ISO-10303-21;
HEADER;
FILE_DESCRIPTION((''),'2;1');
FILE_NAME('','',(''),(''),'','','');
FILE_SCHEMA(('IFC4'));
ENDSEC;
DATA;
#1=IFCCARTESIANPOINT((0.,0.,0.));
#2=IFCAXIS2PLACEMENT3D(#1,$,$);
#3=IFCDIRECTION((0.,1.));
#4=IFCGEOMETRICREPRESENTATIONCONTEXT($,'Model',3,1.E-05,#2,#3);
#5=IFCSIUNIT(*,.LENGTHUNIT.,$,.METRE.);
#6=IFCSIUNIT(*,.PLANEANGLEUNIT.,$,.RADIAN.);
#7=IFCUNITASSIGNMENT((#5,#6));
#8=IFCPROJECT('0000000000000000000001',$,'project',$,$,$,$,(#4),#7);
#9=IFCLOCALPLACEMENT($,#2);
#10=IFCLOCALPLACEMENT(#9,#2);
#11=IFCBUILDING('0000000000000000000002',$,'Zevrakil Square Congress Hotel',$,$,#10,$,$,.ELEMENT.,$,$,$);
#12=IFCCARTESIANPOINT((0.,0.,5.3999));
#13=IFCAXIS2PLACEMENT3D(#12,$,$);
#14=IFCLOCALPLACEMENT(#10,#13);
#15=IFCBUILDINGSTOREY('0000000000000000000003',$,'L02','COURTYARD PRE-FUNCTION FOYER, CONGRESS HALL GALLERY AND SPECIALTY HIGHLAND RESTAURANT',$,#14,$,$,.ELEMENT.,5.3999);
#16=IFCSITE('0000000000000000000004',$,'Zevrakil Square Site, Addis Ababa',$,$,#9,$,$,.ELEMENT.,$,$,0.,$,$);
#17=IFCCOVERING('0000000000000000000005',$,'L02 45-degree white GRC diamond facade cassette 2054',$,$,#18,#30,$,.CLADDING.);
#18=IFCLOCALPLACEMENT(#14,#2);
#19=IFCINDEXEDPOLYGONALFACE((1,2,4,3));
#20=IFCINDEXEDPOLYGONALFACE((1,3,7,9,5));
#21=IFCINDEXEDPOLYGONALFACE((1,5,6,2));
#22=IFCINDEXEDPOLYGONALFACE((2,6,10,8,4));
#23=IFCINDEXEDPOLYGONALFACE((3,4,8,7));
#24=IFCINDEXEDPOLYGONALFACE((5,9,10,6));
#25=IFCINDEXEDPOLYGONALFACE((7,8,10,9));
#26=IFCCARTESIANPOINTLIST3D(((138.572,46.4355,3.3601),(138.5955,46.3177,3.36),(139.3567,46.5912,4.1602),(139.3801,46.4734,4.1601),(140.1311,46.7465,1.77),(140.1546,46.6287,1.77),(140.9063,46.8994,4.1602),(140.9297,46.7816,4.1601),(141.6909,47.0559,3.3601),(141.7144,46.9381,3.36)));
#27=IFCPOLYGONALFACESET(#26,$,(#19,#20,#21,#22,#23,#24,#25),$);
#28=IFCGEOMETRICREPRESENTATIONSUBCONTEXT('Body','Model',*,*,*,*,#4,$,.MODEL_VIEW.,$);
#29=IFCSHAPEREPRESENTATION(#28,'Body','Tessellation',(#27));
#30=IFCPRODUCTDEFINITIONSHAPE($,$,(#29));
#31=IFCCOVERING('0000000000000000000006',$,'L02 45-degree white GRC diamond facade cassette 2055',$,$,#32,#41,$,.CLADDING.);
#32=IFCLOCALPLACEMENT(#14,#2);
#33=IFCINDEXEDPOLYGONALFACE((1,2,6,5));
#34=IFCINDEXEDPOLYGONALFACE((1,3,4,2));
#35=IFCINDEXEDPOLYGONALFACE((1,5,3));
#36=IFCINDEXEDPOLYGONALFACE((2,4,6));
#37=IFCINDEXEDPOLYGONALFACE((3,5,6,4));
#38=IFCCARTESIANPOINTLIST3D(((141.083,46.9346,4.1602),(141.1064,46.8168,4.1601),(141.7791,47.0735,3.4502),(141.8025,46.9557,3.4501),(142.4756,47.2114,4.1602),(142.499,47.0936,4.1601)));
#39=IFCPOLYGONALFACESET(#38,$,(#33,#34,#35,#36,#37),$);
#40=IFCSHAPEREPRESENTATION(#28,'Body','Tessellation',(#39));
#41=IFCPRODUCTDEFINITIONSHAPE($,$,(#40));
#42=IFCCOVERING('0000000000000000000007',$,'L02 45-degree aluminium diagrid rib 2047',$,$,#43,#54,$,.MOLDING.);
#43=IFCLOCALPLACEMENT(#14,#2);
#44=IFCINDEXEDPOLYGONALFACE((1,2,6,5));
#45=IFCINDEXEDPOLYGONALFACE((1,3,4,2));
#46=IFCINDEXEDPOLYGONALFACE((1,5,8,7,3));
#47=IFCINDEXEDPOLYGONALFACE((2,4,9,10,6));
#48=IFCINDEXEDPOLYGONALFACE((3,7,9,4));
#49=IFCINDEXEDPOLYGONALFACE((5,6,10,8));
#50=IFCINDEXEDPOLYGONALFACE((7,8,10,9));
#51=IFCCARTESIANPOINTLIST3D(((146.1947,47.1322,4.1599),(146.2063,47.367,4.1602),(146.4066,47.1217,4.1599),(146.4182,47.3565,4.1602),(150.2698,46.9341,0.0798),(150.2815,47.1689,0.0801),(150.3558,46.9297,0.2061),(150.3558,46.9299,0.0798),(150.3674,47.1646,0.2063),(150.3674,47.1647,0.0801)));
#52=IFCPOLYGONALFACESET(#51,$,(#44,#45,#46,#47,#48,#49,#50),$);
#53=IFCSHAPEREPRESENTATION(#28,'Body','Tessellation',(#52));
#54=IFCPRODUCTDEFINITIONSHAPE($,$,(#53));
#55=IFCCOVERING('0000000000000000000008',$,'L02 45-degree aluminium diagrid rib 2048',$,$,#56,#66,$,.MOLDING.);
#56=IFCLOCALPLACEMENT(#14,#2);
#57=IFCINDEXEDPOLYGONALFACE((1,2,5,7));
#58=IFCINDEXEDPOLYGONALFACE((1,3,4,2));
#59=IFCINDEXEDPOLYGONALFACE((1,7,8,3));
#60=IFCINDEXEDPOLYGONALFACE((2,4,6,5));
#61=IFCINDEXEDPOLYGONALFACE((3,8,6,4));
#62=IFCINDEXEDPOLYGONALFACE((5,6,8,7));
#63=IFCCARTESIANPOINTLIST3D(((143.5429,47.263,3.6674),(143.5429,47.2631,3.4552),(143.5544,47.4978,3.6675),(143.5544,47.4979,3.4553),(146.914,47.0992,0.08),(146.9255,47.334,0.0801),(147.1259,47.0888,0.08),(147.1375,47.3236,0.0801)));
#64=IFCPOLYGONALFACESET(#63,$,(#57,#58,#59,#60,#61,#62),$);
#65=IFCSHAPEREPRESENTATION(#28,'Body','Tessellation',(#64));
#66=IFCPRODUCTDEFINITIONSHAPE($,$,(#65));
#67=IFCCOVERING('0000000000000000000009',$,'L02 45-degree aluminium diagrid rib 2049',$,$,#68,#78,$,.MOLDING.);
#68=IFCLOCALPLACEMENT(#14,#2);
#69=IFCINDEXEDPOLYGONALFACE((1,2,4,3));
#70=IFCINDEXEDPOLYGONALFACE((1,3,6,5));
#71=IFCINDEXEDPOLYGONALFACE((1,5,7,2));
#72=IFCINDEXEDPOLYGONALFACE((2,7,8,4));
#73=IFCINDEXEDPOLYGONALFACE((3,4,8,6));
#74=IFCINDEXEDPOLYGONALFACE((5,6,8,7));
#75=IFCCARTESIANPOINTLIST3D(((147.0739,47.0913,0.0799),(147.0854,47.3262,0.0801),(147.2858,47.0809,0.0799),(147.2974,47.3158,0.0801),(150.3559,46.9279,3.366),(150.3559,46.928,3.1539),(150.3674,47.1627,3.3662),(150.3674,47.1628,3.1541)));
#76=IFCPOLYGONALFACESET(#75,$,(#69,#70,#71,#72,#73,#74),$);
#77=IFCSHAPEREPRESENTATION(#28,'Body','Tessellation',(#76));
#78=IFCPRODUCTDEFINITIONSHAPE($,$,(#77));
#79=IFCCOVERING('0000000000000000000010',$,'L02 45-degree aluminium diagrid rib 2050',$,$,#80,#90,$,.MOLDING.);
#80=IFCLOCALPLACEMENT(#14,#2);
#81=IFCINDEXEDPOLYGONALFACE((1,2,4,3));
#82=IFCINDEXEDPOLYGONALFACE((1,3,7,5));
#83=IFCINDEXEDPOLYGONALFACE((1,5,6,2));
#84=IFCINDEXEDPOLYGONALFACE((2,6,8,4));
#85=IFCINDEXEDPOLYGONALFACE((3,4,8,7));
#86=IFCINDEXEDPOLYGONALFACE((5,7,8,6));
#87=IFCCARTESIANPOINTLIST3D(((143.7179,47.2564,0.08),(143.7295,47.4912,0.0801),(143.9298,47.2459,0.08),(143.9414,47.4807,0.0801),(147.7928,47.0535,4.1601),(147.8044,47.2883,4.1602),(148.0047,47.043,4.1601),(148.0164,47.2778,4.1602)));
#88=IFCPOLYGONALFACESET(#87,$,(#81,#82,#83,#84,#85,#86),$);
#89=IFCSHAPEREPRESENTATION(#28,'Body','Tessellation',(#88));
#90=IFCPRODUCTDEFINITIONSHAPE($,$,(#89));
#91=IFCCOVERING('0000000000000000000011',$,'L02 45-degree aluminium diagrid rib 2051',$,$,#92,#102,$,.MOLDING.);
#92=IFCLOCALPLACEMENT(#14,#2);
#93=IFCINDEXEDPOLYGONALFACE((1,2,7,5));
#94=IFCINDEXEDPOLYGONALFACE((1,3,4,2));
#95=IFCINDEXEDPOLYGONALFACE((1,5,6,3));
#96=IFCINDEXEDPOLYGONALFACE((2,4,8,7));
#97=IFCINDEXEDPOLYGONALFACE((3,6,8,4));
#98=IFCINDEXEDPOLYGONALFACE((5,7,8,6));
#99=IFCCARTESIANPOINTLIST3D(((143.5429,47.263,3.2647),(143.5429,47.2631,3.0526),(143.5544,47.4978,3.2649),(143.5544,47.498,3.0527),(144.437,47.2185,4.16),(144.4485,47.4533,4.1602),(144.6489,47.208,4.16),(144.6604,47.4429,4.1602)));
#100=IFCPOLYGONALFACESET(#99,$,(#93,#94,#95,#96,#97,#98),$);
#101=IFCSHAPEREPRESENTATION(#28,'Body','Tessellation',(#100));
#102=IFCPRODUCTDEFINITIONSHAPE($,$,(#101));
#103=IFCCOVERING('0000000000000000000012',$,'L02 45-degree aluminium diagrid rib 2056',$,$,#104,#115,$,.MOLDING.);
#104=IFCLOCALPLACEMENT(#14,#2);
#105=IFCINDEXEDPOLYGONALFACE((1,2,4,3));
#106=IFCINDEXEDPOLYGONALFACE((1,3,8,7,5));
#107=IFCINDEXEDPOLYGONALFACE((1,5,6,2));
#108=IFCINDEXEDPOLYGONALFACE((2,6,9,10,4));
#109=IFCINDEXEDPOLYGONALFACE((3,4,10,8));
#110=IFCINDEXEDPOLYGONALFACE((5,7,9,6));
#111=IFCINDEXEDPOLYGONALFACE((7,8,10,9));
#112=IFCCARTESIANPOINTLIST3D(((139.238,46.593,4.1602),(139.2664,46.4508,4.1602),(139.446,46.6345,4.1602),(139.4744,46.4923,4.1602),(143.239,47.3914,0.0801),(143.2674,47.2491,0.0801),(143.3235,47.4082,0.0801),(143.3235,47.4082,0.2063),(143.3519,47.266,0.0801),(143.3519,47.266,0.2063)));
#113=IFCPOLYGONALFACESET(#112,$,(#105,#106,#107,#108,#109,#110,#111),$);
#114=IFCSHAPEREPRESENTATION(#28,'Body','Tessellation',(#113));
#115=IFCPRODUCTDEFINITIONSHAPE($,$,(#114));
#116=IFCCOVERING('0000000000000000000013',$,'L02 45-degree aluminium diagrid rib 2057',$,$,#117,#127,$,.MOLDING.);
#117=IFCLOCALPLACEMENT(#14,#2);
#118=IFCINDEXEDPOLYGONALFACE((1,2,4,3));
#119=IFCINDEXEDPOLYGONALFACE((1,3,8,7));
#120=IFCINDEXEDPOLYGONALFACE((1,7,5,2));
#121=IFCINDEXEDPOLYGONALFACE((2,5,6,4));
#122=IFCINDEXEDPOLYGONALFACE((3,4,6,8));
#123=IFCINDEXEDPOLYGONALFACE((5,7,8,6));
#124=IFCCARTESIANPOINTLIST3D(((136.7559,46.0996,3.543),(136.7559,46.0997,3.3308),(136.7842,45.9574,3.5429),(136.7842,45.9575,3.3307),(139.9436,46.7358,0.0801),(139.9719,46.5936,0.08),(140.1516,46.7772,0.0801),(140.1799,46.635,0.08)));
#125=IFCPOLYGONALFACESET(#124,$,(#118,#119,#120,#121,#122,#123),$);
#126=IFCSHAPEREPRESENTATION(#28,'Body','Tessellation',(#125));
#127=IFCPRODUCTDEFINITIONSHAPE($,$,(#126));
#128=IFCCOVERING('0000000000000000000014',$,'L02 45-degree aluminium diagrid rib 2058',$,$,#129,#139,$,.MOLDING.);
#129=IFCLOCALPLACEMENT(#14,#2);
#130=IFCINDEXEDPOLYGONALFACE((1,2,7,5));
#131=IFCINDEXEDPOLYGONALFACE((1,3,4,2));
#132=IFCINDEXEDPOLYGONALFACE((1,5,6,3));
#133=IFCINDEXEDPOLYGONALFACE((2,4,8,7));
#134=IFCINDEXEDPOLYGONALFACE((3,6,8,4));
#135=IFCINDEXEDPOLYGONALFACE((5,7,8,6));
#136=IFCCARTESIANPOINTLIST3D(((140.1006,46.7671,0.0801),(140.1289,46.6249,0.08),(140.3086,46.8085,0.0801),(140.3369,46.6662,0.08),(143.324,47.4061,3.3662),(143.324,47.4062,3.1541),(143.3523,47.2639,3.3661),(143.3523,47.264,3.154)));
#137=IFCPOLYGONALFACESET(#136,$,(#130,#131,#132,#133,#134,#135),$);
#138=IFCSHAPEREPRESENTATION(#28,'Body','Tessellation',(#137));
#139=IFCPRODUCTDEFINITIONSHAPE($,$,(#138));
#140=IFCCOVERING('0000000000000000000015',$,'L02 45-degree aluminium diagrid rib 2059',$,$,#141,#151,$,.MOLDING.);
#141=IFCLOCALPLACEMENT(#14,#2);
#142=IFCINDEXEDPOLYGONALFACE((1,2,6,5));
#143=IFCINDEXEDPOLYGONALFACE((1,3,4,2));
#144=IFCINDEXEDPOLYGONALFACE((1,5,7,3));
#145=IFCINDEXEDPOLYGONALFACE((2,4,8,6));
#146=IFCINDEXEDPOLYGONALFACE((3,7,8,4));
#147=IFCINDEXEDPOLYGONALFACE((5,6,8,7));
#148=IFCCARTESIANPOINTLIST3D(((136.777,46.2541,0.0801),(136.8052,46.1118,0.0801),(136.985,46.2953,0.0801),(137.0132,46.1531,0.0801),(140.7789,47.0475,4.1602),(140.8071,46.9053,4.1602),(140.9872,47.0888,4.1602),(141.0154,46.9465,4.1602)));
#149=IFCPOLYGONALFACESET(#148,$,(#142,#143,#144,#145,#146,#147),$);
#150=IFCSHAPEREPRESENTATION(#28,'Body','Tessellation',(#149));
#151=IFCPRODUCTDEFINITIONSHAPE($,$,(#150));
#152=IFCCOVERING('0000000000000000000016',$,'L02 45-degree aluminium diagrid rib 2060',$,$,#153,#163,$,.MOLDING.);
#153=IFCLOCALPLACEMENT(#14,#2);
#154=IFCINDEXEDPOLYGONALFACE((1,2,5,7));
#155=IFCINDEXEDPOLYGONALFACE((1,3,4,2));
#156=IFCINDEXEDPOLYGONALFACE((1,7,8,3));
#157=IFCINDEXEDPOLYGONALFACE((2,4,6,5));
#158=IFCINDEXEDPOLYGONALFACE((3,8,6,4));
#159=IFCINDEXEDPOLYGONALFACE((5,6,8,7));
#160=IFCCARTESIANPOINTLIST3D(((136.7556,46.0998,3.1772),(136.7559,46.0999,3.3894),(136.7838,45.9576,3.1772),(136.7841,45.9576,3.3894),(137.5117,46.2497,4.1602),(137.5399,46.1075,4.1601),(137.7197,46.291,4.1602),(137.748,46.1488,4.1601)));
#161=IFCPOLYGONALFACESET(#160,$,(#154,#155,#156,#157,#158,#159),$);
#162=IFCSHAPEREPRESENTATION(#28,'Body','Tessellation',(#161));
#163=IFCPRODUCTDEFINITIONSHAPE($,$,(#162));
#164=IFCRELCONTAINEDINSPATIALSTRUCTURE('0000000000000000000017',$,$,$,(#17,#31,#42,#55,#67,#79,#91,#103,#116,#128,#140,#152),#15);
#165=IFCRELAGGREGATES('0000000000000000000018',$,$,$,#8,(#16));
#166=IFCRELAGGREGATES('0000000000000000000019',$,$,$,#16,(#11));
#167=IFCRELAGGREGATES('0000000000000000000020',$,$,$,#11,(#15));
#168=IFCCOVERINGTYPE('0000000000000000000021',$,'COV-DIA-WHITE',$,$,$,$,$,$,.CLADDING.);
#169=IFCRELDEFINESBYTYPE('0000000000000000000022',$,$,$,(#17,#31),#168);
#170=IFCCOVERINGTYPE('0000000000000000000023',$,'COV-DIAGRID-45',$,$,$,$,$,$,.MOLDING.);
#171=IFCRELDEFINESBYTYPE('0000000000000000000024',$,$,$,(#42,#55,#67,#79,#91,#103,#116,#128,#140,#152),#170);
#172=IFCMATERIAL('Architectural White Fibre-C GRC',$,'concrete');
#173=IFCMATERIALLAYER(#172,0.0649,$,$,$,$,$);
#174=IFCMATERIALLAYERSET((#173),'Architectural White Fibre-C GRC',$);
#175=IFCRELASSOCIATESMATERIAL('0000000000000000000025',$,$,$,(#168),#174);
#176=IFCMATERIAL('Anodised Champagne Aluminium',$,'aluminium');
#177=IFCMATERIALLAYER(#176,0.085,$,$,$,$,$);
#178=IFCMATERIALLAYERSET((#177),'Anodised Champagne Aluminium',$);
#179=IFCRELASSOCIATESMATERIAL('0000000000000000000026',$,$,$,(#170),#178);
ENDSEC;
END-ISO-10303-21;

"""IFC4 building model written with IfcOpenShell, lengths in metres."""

from ifc_helpers import new_model, si_unit, direction, frame, origin, place, context, subcontext, project, spatial, polyline, outline, extrude, material, layer, layer_set, type_object, element, save


model = new_model("IFC4")

# Units and contexts
model_context = context("Model", 3, precision=1e-05, world=origin(), true_north=direction((0.0, 1.0)))
body_context = subcontext(model_context, "Body", "Model", "MODEL_VIEW")
ifc_project = project(units=[si_unit("LENGTHUNIT", "METRE"), si_unit("PLANEANGLEUNIT", "RADIAN")], contexts=[model_context])

# Site, building, storey
site_placement = place(None, origin())
site = spatial("IfcSite", under=ifc_project, at=site_placement, Name="Zevrakil Square Site, Addis Ababa", CompositionType="ELEMENT", RefElevation=0.0)
building_placement = place(site_placement, origin())
building = spatial("IfcBuilding", under=site, at=building_placement, Name="Zevrakil Square Congress Hotel", CompositionType="ELEMENT")
storey_placement = place(building_placement, frame((0.0, 0.0, 5.3999)))
storey = spatial("IfcBuildingStorey", under=building, at=storey_placement, Name="L02", Description="COURTYARD PRE-FUNCTION FOYER, CONGRESS HALL GALLERY AND SPECIALTY HIGHLAND RESTAURANT", CompositionType="ELEMENT", Elevation=5.3999)

# Coverings
ifc_material_1 = material(Name="Architectural White Fibre-C GRC", Category="concrete")
ifc_layer_1 = layer(ifc_material_1, 0.0649)
ifc_layer_set_1 = layer_set([ifc_layer_1], Name="Architectural White Fibre-C GRC")
covering_type_1 = type_object("IfcCoveringType", Name="COV-DIA-WHITE", PredefinedType="CLADDING", material=ifc_layer_set_1)
covering_1_placement = place(storey_placement, frame((138.572, 46.4355, 3.3601), z_axis=(-0.195073, 0.980789, 0.000519), x_axis=(0.693389, 0.138285, -0.70717)))
element("IfcCovering", 1, at=covering_1_placement, inside=storey, type_object=covering_type_1, Name="L02 45-degree white GRC diamond facade cassette 2054", PredefinedType="CLADDING", context=body_context, shape_type="SweptSolid", body=[
    extrude(outline(polyline([(0.0, 0.0), (2.2485, 0.0), (2.2484, -2.2488), (1.1169, -2.2486), (-0.0002, -1.1314), (0.0, 0.0)])), origin(), (0.0, 0.0, -1.0), 0.1201),
])
covering_2_placement = place(storey_placement, frame((141.7791, 47.0735, 3.4502), z_axis=(-0.194992, 0.980805, 0.000742), x_axis=(0.693684, 0.137375, 0.707057)))
element("IfcCovering", 2, at=covering_2_placement, inside=storey, type_object=covering_type_1, Name="L02 45-degree white GRC diamond facade cassette 2055", PredefinedType="CLADDING", context=body_context, shape_type="SweptSolid", body=[
    extrude(outline(polyline([(0.0, 0.0), (1.0041, 0.0), (0.0001, -1.0039), (0.0, 0.0)])), origin(), (0.0, 0.0, -1.0), 0.1201),
])
ifc_material_2 = material(Name="Anodised Champagne Aluminium", Category="aluminium")
ifc_layer_2 = layer(ifc_material_2, 0.085)
ifc_layer_set_2 = layer_set([ifc_layer_2], Name="Anodised Champagne Aluminium")
covering_type_2 = type_object("IfcCoveringType", Name="COV-DIAGRID-45", PredefinedType="MOLDING", material=ifc_layer_set_2)
covering_3_placement = place(storey_placement, frame((150.2815, 47.1689, 0.0801), z_axis=(0.049529, 0.998772, 0.000983), x_axis=(0.998773, -0.049529, 0.000002)))
element("IfcCovering", 3, at=covering_3_placement, inside=storey, type_object=covering_type_2, Name="L02 45-degree aluminium diagrid rib 2047", PredefinedType="MOLDING", context=body_context, shape_type="SweptSolid", body=[
    extrude(outline(polyline([(0.0, 0.0), (0.086, 0.0), (0.086, -0.1262), (-3.8678, -4.0801), (-4.08, -4.0801), (0.0, 0.0)])), origin(), (0.0, 0.0, -1.0), 0.2351),
])
covering_4_placement = place(storey_placement, frame((146.9255, 47.334, 0.0801), z_axis=(0.049022, 0.998798, 0.000457), x_axis=(0.998798, -0.049022, 0.0)))
element("IfcCovering", 4, at=covering_4_placement, inside=storey, type_object=covering_type_2, Name="L02 45-degree aluminium diagrid rib 2048", PredefinedType="MOLDING", context=body_context, shape_type="SweptSolid", body=[
    extrude(outline(polyline([(0.0, 0.0), (0.2122, 0.0), (-3.3751, -3.5874), (-3.3751, -3.3752), (0.0, 0.0)])), origin(), (0.0, 0.0, -1.0), 0.2351),
])
covering_5_placement = place(storey_placement, frame((150.3674, 47.1628, 3.1541), z_axis=(0.04904, 0.998797, 0.000711), x_axis=(0.000022, -0.000712, 1.0)))
element("IfcCovering", 5, at=covering_5_placement, inside=storey, type_object=covering_type_2, Name="L02 45-degree aluminium diagrid rib 2049", PredefinedType="MOLDING", context=body_context, shape_type="SweptSolid", body=[
    extrude(outline(polyline([(0.0, 0.0), (0.2122, 0.0), (-3.0742, -3.2859), (-3.0741, -3.0737), (0.0, 0.0)])), origin(), (0.0, 0.0, -1.0), 0.2351),
])
covering_6_placement = place(storey_placement, frame((148.0164, 47.2778, 4.1602), z_axis=(0.049478, 0.998775, 0.000248), x_axis=(-0.998775, 0.049478, 0.0)))
element("IfcCovering", 6, at=covering_6_placement, inside=storey, type_object=covering_type_2, Name="L02 45-degree aluminium diagrid rib 2050", PredefinedType="MOLDING", context=body_context, shape_type="SweptSolid", body=[
    extrude(outline(polyline([(0.0, 0.0), (0.2122, 0.0), (4.2922, -4.0801), (4.08, -4.0801), (0.0, 0.0)])), origin(), (0.0, 0.0, -1.0), 0.2351),
])
covering_7_placement = place(storey_placement, frame((144.6604, 47.4429, 4.1602), z_axis=(0.049037, 0.998797, 0.000707), x_axis=(-0.998797, 0.049037, 0.0)))
element("IfcCovering", 7, at=covering_7_placement, inside=storey, type_object=covering_type_2, Name="L02 45-degree aluminium diagrid rib 2051", PredefinedType="MOLDING", context=body_context, shape_type="SweptSolid", body=[
    extrude(outline(polyline([(0.0, 0.0), (0.2122, 0.0), (1.1073, -0.8953), (1.1073, -1.1074), (0.0, 0.0)])), origin(), (0.0, 0.0, -1.0), 0.2351),
])
covering_8_placement = place(storey_placement, frame((143.239, 47.3914, 0.0801), z_axis=(-0.195653, 0.980673, 0.000024), x_axis=(0.980673, 0.195653, 0.0)))
element("IfcCovering", 8, at=covering_8_placement, inside=storey, type_object=covering_type_2, Name="L02 45-degree aluminium diagrid rib 2056", PredefinedType="MOLDING", context=body_context, shape_type="SweptSolid", body=[
    extrude(outline(polyline([(0.0, 0.0), (0.0861, 0.0), (0.0861, -0.1262), (-3.8677, -4.0801), (-4.0798, -4.0801), (0.0, 0.0)])), origin(), (0.0, 0.0, -1.0), 0.145),
])
covering_9_placement = place(storey_placement, frame((139.9436, 46.7358, 0.0801), z_axis=(-0.195128, 0.980778, 0.000573), x_axis=(0.980778, 0.195128, 0.0)))
element("IfcCovering", 9, at=covering_9_placement, inside=storey, type_object=covering_type_2, Name="L02 45-degree aluminium diagrid rib 2057", PredefinedType="MOLDING", context=body_context, shape_type="SweptSolid", body=[
    extrude(outline(polyline([(0.0, 0.0), (0.2121, 0.0), (-3.2506, -3.4629), (-3.2506, -3.2507), (0.0, 0.0)])), origin(), (0.0, 0.0, -1.0), 0.145),
])
covering_10_placement = place(storey_placement, frame((143.324, 47.4062, 3.1541), z_axis=(-0.195068, 0.98079, 0.000617), x_axis=(0.00012, -0.000605, 1.0)))
element("IfcCovering", 10, at=covering_10_placement, inside=storey, type_object=covering_type_2, Name="L02 45-degree aluminium diagrid rib 2058", PredefinedType="MOLDING", context=body_context, shape_type="SweptSolid", body=[
    extrude(outline(polyline([(0.0, 0.0), (0.2122, 0.0), (-3.074, -3.2861), (-3.074, -3.074), (0.0, 0.0)])), origin(), (0.0, 0.0, -1.0), 0.145),
])
covering_11_placement = place(storey_placement, frame((141.0154, 46.9465, 4.1602), z_axis=(0.194456, -0.980911, 0.00002), x_axis=(-0.980911, -0.194456, 0.0)))
element("IfcCovering", 11, at=covering_11_placement, inside=storey, type_object=covering_type_2, Name="L02 45-degree aluminium diagrid rib 2059", PredefinedType="MOLDING", context=body_context, shape_type="SweptSolid", body=[
    extrude(outline(polyline([(0.0, 0.0), (0.2123, 0.0), (4.2922, 4.0801), (4.0801, 4.0801), (0.0, 0.0)])), origin(), (0.0, 0.0, -1.0), 0.145),
])
covering_12_placement = place(storey_placement, frame((137.7197, 46.291, 4.1602), z_axis=(-0.194648, 0.980873, 0.000141), x_axis=(-0.980873, -0.194648, 0.0)))
element("IfcCovering", 12, at=covering_12_placement, inside=storey, type_object=covering_type_2, Name="L02 45-degree aluminium diagrid rib 2060", PredefinedType="MOLDING", context=body_context, shape_type="SweptSolid", body=[
    extrude(outline(polyline([(0.0, 0.0), (0.2121, 0.0), (0.9826, -0.7708), (0.9829, -0.9829), (0.0, 0.0)])), origin(), (0.0, 0.0, -1.0), 0.145),
])

save(model, "model.ifc")
